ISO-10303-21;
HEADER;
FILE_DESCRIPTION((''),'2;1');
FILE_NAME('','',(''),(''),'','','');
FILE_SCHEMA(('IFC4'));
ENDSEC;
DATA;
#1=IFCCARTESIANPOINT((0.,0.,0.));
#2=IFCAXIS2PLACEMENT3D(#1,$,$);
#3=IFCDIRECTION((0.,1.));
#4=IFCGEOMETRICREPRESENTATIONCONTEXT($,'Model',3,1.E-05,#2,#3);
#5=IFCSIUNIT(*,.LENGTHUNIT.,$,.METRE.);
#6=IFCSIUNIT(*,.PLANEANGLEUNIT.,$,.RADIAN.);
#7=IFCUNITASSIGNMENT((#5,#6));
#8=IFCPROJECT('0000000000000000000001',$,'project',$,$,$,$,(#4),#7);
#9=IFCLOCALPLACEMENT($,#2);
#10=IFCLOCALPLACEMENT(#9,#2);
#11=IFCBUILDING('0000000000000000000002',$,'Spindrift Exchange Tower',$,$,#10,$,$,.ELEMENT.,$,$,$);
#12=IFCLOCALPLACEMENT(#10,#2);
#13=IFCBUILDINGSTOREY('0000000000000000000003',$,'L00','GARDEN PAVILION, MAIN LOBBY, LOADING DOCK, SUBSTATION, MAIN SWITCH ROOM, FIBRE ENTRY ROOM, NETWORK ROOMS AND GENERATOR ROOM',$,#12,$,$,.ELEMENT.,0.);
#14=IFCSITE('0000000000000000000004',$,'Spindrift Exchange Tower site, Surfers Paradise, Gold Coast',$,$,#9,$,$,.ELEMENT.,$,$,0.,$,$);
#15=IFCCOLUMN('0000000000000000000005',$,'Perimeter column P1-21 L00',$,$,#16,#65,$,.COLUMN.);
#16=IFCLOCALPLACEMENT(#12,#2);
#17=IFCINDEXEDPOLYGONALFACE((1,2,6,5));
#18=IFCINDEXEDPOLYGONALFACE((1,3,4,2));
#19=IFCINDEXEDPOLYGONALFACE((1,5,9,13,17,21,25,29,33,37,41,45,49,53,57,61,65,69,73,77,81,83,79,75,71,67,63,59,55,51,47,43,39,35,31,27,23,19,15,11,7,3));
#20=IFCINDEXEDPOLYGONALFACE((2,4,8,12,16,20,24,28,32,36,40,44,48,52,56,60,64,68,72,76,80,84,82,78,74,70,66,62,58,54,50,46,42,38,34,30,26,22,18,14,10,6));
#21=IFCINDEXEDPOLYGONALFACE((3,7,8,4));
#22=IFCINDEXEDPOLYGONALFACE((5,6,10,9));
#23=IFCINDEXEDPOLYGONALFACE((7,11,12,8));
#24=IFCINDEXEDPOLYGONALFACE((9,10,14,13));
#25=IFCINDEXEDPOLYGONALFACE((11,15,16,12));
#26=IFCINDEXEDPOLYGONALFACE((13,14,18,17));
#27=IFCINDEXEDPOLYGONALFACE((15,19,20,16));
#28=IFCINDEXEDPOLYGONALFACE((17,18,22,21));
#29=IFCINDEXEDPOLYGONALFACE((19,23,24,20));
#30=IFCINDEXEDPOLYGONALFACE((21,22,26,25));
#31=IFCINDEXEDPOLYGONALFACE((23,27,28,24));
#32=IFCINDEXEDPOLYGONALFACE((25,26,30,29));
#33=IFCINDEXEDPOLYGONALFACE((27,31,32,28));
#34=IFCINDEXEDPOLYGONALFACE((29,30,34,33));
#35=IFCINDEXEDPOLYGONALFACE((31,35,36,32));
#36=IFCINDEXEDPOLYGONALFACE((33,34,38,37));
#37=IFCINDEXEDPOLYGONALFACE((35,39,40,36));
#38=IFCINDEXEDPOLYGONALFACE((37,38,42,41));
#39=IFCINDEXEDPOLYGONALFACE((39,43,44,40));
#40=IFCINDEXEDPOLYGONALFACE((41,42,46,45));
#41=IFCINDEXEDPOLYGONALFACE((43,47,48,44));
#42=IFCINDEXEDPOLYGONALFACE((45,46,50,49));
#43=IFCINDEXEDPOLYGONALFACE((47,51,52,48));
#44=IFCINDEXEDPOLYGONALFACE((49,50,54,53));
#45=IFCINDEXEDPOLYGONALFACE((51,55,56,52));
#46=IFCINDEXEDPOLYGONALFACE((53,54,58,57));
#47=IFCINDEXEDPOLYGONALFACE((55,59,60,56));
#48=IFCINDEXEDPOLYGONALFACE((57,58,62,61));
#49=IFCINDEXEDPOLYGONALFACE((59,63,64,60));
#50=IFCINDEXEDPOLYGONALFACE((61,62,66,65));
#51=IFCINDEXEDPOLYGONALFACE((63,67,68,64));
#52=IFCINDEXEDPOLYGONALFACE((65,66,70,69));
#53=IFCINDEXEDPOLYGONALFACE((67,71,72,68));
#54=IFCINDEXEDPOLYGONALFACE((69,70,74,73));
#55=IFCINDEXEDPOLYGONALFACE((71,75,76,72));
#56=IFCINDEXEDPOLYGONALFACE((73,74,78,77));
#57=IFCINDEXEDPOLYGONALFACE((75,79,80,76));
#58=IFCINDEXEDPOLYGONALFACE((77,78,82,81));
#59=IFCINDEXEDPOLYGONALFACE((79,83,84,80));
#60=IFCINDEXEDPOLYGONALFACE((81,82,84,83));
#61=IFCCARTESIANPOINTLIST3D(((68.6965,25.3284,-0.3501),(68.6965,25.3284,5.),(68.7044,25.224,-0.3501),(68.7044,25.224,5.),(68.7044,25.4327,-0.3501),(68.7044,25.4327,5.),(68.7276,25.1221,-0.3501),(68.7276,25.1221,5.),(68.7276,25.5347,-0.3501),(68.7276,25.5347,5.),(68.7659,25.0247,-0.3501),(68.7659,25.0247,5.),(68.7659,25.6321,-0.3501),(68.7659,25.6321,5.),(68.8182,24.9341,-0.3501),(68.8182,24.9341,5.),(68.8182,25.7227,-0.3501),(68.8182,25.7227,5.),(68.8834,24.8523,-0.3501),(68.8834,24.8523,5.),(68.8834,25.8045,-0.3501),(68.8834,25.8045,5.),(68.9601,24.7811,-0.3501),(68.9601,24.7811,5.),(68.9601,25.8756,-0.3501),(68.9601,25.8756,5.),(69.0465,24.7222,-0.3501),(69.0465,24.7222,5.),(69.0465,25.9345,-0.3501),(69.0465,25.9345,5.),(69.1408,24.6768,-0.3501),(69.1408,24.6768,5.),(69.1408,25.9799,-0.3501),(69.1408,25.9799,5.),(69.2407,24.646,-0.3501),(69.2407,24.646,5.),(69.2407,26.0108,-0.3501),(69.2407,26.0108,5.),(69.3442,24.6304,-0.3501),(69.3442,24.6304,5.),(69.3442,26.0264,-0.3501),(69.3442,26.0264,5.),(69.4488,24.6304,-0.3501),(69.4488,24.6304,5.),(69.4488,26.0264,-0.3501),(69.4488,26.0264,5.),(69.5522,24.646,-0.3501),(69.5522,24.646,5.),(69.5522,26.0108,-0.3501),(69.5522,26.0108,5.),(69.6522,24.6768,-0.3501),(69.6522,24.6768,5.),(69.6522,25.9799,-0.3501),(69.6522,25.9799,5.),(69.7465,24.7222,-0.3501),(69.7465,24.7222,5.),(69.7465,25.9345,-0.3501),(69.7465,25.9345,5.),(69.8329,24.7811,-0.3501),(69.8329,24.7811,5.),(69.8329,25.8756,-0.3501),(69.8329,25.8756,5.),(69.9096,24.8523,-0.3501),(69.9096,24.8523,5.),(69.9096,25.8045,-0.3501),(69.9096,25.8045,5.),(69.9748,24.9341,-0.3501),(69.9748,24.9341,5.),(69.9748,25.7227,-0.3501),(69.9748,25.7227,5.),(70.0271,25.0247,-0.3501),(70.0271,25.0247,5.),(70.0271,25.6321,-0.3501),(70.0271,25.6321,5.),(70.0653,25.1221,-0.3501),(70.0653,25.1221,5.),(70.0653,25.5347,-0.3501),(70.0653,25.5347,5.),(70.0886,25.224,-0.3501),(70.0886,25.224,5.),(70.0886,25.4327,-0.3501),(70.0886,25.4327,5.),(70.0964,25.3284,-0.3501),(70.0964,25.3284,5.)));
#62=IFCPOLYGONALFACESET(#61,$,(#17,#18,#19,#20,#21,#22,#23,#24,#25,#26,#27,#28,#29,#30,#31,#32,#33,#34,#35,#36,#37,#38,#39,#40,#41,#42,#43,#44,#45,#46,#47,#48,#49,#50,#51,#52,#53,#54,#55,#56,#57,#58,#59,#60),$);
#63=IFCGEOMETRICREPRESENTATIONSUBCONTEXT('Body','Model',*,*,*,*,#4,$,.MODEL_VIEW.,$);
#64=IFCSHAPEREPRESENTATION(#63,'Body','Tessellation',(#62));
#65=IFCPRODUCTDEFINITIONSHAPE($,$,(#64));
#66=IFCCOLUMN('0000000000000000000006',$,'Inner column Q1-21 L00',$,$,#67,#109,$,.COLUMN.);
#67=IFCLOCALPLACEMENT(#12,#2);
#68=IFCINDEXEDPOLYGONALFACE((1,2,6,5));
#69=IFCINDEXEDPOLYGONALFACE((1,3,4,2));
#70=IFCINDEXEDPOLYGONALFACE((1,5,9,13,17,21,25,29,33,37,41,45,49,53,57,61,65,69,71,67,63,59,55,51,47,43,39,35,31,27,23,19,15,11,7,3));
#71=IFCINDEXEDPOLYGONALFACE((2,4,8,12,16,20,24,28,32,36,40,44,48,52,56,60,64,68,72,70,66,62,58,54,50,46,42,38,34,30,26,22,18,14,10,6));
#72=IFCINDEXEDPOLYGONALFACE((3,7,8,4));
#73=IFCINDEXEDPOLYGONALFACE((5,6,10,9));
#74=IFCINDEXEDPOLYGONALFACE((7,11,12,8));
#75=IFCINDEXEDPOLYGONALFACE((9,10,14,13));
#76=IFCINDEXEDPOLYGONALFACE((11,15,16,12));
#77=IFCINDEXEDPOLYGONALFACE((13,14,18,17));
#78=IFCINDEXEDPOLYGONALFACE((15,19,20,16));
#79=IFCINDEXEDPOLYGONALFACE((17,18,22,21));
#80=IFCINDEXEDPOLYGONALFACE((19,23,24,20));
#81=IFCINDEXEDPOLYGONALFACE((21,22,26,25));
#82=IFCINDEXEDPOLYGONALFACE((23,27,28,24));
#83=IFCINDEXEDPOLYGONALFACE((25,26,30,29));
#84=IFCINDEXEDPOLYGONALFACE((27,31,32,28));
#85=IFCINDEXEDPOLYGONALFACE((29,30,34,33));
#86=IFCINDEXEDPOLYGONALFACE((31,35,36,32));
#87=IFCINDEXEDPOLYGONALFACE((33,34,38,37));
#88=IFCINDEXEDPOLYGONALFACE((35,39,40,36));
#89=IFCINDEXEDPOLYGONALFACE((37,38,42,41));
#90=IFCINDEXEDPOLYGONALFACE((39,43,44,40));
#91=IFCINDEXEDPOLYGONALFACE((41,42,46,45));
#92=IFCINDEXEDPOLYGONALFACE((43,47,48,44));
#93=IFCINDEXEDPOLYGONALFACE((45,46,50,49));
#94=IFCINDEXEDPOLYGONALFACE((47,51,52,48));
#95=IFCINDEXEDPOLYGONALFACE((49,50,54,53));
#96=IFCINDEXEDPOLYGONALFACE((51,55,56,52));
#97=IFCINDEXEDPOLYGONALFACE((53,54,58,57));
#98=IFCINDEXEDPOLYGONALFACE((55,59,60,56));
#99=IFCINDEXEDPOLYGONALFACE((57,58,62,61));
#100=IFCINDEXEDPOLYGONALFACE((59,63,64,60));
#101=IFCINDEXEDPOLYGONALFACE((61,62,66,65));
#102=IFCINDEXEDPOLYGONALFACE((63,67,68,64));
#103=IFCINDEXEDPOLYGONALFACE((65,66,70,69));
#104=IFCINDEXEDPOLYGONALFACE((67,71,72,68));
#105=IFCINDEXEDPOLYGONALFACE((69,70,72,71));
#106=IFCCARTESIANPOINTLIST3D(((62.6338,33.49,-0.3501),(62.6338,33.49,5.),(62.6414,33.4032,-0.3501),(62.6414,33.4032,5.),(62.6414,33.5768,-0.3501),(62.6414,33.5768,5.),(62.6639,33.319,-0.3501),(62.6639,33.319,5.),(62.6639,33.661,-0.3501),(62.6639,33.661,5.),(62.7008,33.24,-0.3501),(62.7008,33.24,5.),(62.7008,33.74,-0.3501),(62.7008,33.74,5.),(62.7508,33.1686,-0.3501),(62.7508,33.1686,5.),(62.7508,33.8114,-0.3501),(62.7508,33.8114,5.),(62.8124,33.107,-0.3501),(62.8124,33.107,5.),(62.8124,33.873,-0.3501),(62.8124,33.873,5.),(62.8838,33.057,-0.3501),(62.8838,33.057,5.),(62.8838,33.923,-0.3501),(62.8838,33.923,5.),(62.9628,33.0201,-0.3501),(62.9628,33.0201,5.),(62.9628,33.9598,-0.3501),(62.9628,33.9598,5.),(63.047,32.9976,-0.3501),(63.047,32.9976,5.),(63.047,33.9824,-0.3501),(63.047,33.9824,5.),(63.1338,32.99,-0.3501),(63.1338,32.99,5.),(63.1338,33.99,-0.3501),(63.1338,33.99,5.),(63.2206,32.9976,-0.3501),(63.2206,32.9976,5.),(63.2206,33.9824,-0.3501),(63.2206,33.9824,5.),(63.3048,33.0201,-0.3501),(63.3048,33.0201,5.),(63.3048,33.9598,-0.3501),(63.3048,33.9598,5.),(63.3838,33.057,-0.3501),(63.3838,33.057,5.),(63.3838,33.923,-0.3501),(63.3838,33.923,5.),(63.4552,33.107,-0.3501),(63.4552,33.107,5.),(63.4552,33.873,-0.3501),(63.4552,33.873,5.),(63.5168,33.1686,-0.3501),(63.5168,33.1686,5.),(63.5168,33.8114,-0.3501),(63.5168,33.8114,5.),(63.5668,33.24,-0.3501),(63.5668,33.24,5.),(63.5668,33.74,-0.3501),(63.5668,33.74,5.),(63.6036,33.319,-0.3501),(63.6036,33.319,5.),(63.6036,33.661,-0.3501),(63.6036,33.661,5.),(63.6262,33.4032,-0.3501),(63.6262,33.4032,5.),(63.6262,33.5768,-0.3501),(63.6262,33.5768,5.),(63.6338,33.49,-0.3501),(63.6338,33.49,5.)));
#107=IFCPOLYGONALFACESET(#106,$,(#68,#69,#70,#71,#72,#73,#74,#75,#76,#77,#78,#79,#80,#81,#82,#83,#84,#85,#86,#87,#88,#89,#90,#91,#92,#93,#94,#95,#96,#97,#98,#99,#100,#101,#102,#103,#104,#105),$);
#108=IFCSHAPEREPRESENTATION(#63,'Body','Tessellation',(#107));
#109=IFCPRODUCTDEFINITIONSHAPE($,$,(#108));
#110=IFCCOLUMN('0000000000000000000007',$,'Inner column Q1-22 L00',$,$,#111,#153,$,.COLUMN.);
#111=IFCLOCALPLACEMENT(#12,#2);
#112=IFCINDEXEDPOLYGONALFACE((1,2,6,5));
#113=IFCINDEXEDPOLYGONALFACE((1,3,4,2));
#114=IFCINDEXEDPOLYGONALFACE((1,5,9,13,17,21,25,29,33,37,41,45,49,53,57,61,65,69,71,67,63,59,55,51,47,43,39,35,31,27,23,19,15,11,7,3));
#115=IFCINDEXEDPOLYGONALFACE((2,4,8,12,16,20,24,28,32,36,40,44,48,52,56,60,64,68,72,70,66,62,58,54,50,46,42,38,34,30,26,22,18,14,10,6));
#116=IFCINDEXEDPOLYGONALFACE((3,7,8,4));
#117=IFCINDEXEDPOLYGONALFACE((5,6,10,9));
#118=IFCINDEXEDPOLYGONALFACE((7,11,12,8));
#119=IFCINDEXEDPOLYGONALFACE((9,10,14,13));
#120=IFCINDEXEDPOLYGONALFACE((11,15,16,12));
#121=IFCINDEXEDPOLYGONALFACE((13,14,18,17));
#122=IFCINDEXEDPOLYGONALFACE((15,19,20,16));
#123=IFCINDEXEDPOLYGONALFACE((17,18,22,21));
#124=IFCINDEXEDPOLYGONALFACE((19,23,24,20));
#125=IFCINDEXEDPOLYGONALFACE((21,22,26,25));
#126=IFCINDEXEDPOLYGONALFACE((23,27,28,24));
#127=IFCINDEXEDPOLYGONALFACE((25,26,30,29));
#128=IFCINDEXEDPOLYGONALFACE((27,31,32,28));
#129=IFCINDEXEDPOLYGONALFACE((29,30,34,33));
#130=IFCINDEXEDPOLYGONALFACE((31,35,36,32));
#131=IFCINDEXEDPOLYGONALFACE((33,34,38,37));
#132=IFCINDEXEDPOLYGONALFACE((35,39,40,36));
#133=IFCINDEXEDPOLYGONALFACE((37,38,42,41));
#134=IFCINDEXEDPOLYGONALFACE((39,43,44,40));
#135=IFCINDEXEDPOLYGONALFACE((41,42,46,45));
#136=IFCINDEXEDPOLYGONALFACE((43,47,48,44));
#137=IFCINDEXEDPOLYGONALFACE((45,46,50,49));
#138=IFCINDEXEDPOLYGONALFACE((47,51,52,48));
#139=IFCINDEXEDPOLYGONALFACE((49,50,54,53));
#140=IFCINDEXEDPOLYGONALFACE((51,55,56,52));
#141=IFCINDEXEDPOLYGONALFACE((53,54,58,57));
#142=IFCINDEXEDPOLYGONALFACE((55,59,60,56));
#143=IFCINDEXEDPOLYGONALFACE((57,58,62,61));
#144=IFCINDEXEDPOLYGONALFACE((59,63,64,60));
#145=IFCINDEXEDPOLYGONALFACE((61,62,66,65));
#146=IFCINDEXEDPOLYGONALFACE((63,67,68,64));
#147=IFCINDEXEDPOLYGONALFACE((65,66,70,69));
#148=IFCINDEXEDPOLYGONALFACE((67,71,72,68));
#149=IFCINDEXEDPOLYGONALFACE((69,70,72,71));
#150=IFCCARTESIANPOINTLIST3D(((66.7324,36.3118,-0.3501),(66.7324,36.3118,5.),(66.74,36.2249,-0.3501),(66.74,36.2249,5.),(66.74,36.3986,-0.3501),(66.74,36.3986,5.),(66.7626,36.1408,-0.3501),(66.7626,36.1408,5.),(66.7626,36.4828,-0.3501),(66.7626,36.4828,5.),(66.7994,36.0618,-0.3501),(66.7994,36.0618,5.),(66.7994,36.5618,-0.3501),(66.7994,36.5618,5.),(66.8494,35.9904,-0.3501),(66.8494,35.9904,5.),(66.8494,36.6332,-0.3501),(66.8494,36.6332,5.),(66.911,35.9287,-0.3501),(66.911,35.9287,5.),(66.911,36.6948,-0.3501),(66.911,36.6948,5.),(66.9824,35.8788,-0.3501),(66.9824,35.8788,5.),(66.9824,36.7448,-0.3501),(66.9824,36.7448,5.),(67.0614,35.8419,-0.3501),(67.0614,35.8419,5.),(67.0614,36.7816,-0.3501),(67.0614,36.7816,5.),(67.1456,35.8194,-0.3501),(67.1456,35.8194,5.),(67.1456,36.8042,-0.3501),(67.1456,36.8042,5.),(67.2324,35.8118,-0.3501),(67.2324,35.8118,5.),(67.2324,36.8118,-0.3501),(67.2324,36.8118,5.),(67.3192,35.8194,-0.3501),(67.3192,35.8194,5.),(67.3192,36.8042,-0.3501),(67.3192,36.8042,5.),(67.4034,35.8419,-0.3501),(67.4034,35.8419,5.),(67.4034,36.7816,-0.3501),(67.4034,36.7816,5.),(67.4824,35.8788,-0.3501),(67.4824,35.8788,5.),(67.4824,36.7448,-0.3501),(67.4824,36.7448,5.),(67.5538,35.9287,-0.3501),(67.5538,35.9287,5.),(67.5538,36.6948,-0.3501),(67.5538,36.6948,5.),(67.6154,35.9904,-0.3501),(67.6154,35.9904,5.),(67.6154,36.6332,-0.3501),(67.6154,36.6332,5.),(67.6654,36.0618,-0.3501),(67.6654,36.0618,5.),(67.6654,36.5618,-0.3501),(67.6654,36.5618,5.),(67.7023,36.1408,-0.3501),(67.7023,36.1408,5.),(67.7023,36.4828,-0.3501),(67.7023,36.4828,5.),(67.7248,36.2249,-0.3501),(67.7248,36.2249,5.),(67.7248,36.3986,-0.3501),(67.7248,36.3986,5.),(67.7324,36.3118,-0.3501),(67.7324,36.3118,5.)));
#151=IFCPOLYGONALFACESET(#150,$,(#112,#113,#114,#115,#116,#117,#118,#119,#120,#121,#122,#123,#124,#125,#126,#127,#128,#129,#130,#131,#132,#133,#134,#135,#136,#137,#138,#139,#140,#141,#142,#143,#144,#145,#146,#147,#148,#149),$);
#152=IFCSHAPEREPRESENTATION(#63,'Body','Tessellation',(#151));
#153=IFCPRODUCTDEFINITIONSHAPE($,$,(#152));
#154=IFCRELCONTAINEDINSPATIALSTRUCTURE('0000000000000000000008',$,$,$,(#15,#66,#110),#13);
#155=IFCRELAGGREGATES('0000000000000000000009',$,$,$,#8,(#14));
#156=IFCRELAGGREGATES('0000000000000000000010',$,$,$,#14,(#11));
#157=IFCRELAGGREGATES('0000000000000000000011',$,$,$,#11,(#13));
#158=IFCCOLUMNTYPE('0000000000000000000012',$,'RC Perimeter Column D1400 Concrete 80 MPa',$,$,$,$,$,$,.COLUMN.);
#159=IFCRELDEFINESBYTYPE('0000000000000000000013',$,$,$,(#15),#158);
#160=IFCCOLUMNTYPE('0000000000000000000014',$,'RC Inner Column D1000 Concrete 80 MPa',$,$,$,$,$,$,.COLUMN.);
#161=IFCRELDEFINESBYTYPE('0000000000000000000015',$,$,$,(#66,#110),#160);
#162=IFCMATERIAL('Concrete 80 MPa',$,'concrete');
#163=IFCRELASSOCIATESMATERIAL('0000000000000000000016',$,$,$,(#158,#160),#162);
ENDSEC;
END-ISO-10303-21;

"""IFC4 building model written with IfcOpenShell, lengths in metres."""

from ifc_helpers import new_model, si_unit, direction, frame, origin, origin_2d, place, context, subcontext, project, spatial, circle, extrude, source, transform, mapped, material, material_profile, profile_set, type_object, element, save


model = new_model("IFC4")

# Units and contexts
model_context = context("Model", 3, precision=1e-05, world=origin(), true_north=direction((0.0, 1.0)))
body_context = subcontext(model_context, "Body", "Model", "MODEL_VIEW")
ifc_project = project(units=[si_unit("LENGTHUNIT", "METRE"), si_unit("PLANEANGLEUNIT", "RADIAN")], contexts=[model_context])

# Site, building, storey
site_placement = place(None, origin())
site = spatial("IfcSite", under=ifc_project, at=site_placement, Name="Spindrift Exchange Tower site, Surfers Paradise, Gold Coast", CompositionType="ELEMENT", RefElevation=0.0)
building_placement = place(site_placement, origin())
building = spatial("IfcBuilding", under=site, at=building_placement, Name="Spindrift Exchange Tower", CompositionType="ELEMENT")
storey_placement = place(building_placement, origin())
storey = spatial("IfcBuildingStorey", under=building, at=storey_placement, Name="L00", Description="GARDEN PAVILION, MAIN LOBBY, LOADING DOCK, SUBSTATION, MAIN SWITCH ROOM, FIBRE ENTRY ROOM, NETWORK ROOMS AND GENERATOR ROOM", CompositionType="ELEMENT", Elevation=0.0)

# Columns
ifc_material_1 = material(Name="Concrete 80 MPa", Category="concrete")
ifc_material_profile_1 = material_profile(ifc_material_1, circle(Radius=0.7, at=origin_2d()), Name="RC D1400")
ifc_profile_set_1 = profile_set([ifc_material_profile_1], Name="Concrete 80 MPa")
column_type_1 = type_object("IfcColumnType", Name="RC Perimeter Column D1400 Concrete 80 MPa", PredefinedType="COLUMN", material=ifc_profile_set_1)
shared_shape_1 = source(origin(), body_context, "Body", "SweptSolid", [
    extrude(circle(Radius=0.7, at=origin_2d()), origin(), (0.0, 0.0, 1.0), 5.3501),
])
column_placement = place(storey_placement, frame((69.3965, 25.3284, -0.3501), z_axis=(0.0, 0.0, 1.0), x_axis=(1.0, 0.0, 0.0)))
element("IfcColumn", 1, at=column_placement, inside=storey, type_object=column_type_1, Name="Perimeter column P1-21 L00", PredefinedType="COLUMN", context=body_context, shape_type="MappedRepresentation", body=[
    mapped(shared_shape_1, transform((0.0, 0.0, 0.0), scale=1.0)),
])
ifc_material_profile_2 = material_profile(ifc_material_1, circle(Radius=0.5, at=origin_2d()), Name="RC D1000")
ifc_profile_set_2 = profile_set([ifc_material_profile_2], Name="Concrete 80 MPa")
column_type_2 = type_object("IfcColumnType", Name="RC Inner Column D1000 Concrete 80 MPa", PredefinedType="COLUMN", material=ifc_profile_set_2)
shared_shape_2 = source(origin(), body_context, "Body", "SweptSolid", [
    extrude(circle(Radius=0.5, at=origin_2d()), origin(), (0.0, 0.0, 1.0), 5.3501),
])
for number, where, z_axis, x_axis, name in (
    (2, (63.1338, 33.49, -0.3501), (0.0, 0.0, 1.0), (1.0, 0.0, 0.0), "Inner column Q1-21 L00"),
    (3, (67.2324, 36.3118, -0.3501), (0.0, 0.0, 1.0), (1.0, 0.0, 0.0), "Inner column Q1-22 L00"),
):
    element("IfcColumn", number, at=place(storey_placement, frame(where, z_axis=z_axis, x_axis=x_axis)), inside=storey, type_object=column_type_2, Name=name, PredefinedType="COLUMN", context=body_context, shape_type="MappedRepresentation", body=[
        mapped(shared_shape_2, transform((0.0, 0.0, 0.0), scale=1.0)),
    ])

save(model, "model.ifc")
